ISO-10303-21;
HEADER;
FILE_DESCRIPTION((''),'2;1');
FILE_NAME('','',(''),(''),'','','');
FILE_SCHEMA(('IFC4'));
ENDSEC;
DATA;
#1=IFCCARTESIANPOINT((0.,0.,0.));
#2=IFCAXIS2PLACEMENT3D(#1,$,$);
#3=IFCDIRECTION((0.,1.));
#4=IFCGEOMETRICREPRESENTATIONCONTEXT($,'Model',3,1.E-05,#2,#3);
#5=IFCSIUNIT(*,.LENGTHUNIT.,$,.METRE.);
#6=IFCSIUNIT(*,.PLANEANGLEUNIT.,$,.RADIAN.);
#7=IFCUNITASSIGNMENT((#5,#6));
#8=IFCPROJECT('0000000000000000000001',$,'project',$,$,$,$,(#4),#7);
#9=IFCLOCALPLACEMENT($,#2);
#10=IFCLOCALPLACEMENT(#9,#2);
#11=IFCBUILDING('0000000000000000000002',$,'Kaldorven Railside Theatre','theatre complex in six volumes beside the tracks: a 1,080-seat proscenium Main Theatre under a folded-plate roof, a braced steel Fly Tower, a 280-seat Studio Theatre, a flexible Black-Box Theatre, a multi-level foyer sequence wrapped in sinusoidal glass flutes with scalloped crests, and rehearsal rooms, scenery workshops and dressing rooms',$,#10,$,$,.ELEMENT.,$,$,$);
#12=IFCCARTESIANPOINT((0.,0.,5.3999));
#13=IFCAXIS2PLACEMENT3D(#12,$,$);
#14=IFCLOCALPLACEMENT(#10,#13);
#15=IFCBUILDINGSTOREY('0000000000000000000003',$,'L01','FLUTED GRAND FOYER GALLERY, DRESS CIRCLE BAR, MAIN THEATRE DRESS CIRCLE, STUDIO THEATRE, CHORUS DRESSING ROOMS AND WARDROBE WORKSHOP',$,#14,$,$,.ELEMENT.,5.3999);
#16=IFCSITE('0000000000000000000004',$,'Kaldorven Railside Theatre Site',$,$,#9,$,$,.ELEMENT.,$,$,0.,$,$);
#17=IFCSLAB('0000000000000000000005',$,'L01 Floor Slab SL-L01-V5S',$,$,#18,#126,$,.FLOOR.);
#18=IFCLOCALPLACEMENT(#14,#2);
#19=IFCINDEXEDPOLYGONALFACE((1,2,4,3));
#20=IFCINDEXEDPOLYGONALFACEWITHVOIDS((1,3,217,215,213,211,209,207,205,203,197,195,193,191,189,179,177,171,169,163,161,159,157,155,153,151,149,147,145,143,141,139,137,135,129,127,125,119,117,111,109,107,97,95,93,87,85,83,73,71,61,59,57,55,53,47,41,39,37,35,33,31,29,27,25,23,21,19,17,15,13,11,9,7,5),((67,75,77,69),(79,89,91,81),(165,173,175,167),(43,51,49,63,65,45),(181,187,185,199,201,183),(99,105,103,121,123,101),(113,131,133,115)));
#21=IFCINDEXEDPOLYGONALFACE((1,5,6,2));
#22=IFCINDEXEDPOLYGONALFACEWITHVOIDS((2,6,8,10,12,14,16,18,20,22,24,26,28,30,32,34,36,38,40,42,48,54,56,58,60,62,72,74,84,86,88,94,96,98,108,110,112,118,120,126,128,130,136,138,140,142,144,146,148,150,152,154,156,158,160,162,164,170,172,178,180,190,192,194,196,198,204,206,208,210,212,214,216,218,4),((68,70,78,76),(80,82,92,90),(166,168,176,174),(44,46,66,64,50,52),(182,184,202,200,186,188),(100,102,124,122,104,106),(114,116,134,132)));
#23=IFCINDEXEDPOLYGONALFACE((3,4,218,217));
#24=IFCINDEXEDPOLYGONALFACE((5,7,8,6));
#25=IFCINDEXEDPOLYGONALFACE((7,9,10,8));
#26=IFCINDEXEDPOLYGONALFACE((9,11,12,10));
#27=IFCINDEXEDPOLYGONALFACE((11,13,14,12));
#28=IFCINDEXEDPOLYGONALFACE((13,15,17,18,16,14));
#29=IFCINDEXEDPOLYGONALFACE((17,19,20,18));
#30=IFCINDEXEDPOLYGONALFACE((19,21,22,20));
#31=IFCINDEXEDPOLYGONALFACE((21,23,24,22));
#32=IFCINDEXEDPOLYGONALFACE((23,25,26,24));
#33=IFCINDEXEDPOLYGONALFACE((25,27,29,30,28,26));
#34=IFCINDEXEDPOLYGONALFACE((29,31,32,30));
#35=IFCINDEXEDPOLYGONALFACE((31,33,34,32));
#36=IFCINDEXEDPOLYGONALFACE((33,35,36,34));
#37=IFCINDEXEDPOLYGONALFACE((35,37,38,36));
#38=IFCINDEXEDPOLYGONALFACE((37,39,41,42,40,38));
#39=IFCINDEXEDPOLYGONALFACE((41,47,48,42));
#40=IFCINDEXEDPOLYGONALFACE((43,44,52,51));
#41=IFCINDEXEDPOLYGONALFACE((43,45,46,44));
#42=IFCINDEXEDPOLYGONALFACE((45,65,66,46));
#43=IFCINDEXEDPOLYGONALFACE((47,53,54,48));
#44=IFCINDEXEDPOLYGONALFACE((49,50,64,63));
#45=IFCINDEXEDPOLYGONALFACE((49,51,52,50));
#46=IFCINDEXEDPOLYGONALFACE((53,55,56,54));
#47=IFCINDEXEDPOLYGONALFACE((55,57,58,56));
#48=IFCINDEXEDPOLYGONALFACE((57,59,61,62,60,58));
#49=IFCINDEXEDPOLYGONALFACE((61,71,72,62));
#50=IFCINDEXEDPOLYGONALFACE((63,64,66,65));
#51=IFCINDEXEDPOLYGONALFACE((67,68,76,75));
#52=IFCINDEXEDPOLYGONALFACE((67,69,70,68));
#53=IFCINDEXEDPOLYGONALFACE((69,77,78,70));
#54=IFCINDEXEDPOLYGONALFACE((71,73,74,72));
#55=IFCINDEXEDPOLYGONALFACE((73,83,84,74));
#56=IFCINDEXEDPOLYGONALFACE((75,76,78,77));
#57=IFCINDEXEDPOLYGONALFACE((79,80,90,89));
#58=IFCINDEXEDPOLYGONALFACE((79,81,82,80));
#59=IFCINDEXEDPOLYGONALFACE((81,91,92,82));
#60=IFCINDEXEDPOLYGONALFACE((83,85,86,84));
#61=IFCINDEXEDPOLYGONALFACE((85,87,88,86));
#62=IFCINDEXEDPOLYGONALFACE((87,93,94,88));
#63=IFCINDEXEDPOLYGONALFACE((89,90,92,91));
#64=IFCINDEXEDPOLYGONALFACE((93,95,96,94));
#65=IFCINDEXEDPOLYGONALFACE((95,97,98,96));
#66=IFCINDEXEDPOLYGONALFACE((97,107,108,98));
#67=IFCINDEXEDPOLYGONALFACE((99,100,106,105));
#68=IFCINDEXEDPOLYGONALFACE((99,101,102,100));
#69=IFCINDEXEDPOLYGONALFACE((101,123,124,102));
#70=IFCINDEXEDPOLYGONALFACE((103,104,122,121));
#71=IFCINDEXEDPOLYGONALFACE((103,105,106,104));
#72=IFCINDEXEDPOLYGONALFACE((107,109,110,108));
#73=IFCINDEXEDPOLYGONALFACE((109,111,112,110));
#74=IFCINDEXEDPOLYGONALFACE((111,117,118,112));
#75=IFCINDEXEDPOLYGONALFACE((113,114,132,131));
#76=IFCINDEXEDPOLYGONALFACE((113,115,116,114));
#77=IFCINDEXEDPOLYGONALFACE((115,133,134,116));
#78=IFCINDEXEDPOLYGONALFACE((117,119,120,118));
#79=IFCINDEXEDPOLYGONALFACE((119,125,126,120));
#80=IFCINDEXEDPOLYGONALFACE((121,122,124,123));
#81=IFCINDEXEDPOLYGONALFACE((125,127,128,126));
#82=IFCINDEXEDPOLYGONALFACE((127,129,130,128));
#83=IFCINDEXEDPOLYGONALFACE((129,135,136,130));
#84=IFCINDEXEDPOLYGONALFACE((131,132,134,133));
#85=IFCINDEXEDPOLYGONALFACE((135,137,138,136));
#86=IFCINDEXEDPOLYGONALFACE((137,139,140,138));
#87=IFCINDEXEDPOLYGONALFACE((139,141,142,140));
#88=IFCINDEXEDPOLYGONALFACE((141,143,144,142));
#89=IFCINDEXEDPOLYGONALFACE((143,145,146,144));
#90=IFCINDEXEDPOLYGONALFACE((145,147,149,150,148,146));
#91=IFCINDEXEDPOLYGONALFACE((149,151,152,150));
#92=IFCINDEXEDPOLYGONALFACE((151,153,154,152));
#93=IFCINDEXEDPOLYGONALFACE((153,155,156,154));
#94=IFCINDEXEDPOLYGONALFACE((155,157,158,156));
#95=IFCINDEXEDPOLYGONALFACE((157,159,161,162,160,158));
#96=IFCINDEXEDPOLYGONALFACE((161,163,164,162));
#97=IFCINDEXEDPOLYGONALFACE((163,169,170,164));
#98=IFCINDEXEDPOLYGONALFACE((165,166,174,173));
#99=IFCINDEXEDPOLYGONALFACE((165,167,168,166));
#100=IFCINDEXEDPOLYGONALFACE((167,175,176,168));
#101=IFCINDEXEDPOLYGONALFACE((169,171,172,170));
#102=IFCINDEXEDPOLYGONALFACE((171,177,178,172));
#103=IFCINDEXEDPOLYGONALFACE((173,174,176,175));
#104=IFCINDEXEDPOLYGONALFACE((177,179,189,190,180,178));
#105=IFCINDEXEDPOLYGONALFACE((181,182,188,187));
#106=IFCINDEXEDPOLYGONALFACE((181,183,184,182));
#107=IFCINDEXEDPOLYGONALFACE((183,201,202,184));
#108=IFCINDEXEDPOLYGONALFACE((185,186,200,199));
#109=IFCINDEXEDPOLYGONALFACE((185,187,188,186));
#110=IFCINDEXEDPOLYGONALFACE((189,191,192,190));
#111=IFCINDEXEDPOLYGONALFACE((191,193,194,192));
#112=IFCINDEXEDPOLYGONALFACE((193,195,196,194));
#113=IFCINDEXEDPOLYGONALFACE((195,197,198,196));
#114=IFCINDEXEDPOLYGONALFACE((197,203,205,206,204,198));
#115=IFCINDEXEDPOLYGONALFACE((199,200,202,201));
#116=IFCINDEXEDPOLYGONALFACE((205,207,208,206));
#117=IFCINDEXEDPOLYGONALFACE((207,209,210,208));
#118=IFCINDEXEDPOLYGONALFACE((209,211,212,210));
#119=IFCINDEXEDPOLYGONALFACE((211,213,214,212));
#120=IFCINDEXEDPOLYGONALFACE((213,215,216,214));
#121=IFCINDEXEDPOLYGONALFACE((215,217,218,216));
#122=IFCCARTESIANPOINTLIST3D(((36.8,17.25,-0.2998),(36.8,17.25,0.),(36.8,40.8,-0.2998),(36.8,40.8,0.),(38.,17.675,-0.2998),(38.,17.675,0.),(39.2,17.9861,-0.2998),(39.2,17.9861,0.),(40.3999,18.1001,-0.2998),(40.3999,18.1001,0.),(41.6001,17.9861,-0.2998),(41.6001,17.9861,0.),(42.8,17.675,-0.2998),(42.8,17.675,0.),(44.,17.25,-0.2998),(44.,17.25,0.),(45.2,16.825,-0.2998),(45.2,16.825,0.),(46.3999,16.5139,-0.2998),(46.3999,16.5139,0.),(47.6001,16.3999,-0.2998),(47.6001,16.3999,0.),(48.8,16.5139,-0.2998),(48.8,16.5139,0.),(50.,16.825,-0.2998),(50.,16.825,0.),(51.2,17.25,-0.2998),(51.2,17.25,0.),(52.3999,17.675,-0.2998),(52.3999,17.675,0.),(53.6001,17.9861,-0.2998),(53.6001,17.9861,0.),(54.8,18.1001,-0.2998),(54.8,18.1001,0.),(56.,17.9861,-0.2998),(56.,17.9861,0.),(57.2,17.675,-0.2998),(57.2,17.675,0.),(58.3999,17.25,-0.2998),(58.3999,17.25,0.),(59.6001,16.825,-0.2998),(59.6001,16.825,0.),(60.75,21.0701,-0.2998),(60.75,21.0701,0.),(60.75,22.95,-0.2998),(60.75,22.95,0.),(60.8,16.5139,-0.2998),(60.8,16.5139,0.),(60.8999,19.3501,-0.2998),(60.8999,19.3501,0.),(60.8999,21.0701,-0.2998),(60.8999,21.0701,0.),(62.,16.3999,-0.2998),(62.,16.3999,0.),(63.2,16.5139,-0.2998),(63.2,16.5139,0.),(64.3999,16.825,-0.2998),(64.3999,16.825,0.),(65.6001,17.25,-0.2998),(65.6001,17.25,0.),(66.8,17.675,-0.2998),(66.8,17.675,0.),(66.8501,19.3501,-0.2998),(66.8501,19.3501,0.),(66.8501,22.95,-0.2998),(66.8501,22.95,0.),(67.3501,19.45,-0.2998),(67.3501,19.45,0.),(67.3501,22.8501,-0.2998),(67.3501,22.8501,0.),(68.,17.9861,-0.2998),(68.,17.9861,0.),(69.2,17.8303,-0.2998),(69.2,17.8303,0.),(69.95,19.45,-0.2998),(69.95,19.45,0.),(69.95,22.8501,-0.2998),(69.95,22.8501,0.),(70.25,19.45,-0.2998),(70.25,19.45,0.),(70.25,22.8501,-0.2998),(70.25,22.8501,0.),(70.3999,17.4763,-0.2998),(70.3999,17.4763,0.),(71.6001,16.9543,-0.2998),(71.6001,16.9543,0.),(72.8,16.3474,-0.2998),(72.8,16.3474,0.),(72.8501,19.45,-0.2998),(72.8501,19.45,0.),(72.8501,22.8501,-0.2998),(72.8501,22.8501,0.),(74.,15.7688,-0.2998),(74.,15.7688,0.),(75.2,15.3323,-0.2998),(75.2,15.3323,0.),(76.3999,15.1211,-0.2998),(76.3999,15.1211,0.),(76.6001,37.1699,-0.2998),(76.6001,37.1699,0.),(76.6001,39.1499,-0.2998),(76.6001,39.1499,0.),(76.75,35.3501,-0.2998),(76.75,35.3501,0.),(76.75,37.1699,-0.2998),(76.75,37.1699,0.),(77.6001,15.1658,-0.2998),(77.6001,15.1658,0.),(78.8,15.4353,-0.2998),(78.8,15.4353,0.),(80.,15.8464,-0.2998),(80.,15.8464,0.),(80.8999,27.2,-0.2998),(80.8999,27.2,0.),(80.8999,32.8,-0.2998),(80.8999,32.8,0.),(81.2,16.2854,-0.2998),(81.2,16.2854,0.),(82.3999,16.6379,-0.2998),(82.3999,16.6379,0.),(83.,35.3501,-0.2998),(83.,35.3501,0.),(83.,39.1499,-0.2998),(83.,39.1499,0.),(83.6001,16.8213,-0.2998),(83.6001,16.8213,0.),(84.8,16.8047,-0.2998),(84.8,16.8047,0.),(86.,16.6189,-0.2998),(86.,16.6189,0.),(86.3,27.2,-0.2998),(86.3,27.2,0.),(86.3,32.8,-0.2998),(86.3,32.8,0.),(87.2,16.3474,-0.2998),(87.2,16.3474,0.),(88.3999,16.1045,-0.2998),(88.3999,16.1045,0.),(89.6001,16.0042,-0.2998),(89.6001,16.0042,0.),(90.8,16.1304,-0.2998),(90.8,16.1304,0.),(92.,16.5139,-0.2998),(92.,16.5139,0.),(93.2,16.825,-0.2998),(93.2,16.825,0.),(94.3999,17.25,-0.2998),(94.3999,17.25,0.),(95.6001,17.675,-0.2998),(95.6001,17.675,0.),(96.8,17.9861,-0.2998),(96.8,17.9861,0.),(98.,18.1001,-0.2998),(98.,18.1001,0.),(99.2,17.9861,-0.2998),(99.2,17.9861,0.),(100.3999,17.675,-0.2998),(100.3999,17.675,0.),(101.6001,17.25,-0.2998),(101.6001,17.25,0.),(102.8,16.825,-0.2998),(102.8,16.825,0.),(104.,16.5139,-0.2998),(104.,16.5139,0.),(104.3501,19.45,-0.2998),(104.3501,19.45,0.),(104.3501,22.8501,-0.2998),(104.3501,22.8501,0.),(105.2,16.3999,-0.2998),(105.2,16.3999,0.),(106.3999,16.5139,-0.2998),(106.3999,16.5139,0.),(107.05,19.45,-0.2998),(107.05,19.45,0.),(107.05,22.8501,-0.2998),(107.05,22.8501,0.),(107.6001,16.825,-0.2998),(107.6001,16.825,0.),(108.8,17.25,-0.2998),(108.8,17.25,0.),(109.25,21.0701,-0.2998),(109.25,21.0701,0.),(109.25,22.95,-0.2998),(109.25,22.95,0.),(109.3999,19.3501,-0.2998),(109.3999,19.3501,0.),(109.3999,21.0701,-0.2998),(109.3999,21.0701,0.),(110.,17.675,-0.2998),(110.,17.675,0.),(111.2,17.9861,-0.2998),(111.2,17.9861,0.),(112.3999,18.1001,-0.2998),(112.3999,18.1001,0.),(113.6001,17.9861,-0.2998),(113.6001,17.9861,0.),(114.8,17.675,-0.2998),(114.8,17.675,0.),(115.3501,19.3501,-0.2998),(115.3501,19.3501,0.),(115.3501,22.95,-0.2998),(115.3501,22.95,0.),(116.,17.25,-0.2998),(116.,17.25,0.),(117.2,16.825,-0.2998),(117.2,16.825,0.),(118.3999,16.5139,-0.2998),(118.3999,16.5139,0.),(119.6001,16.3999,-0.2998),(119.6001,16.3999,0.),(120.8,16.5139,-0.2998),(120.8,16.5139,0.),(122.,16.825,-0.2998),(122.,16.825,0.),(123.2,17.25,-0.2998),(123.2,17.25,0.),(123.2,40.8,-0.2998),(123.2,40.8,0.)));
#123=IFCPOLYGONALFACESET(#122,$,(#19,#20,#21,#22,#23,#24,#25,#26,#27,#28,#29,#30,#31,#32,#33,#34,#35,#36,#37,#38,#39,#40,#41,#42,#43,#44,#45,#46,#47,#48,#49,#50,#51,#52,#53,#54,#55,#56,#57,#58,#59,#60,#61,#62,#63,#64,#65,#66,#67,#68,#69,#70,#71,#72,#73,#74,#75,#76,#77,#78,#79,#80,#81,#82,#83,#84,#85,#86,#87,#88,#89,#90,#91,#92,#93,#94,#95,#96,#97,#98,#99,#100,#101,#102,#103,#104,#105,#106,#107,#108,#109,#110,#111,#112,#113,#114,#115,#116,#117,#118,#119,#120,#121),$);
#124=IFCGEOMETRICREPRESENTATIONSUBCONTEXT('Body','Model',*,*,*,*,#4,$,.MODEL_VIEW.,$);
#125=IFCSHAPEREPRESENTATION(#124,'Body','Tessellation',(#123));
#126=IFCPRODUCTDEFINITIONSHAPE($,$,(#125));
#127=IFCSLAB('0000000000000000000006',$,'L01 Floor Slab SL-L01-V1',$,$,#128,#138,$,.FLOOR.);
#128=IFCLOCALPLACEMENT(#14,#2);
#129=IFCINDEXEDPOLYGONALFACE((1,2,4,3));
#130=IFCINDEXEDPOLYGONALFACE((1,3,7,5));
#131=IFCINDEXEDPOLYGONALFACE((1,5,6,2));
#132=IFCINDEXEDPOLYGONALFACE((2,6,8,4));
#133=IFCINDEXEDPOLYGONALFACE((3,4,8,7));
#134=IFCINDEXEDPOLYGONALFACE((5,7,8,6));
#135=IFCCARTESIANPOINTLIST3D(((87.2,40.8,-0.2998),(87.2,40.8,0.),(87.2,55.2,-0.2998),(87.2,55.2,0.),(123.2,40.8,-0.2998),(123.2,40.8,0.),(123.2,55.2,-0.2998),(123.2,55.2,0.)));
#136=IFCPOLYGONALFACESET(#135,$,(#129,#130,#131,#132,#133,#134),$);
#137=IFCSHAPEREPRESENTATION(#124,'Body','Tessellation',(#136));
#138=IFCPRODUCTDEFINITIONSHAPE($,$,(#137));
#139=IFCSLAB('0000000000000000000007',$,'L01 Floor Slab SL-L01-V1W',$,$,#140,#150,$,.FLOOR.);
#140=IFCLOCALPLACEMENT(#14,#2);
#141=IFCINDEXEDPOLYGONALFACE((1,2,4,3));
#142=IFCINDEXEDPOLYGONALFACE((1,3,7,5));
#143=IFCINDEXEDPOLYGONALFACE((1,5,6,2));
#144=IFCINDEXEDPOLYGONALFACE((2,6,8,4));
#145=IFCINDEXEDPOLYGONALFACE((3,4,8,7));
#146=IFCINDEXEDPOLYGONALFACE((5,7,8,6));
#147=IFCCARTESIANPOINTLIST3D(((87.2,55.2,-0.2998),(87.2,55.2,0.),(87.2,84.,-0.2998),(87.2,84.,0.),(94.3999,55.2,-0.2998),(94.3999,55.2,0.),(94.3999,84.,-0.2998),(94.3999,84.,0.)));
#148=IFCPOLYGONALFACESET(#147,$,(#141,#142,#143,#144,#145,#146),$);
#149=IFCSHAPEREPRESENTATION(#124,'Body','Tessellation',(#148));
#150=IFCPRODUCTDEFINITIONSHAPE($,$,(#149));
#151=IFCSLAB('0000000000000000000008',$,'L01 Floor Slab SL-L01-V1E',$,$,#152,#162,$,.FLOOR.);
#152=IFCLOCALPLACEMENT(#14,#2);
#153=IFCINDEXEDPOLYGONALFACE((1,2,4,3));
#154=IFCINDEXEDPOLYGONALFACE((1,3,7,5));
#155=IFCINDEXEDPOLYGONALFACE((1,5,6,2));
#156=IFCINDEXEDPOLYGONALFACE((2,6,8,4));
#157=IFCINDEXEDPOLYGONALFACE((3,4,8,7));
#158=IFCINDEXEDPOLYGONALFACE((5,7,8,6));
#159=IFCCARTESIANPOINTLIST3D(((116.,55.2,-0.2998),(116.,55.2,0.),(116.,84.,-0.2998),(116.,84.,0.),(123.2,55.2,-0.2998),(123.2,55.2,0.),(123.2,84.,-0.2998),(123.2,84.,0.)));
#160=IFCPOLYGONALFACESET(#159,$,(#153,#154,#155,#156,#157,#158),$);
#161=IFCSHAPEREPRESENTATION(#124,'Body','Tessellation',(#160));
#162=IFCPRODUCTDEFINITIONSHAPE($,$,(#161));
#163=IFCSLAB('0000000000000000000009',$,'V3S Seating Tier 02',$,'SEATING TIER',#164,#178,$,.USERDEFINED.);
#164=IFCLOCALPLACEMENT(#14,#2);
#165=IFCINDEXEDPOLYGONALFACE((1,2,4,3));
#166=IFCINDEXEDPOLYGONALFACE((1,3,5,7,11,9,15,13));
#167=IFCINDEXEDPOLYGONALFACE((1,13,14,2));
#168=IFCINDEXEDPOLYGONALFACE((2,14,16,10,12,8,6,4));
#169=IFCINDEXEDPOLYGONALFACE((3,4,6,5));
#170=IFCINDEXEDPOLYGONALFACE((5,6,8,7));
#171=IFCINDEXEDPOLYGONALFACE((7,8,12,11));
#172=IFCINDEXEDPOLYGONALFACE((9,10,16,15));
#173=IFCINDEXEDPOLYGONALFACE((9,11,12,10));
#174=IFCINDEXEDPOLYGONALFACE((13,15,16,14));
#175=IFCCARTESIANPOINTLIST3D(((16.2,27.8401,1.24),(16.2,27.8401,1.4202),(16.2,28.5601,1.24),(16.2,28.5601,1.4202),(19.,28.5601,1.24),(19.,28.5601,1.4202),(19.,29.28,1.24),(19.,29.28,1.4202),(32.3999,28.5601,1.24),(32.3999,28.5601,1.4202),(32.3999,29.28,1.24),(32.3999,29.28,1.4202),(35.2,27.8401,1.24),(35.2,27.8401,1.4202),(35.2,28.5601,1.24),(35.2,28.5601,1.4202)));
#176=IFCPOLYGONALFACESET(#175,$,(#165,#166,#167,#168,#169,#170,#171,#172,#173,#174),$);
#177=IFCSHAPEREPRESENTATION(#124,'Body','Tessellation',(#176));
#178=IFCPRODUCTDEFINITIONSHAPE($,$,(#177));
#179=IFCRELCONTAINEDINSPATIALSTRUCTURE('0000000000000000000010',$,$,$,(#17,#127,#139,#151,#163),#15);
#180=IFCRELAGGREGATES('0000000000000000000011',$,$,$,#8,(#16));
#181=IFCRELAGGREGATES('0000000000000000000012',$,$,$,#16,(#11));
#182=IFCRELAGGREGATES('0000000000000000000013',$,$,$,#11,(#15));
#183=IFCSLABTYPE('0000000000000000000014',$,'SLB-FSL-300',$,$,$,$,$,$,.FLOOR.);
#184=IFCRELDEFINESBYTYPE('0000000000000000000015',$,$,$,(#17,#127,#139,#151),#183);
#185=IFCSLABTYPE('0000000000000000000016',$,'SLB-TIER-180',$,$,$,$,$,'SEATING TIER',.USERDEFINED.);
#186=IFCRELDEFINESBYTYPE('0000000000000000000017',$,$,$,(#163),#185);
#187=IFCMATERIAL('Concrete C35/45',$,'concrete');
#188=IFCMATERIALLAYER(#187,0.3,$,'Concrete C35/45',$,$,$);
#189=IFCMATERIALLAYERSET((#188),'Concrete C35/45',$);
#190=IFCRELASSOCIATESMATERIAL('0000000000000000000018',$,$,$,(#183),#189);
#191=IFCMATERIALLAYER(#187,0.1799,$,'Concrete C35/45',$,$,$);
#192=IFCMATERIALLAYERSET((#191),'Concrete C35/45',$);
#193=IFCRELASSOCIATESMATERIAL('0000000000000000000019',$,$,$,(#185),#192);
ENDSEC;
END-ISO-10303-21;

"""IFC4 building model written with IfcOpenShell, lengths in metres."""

from ifc_helpers import new_model, si_unit, direction, frame, origin, place, context, subcontext, project, spatial, polyline, outline, extrude, material, layer, layer_set, type_object, element, save


model = new_model("IFC4")

# Units and contexts
model_context = context("Model", 3, precision=1e-05, world=origin(), true_north=direction((0.0, 1.0)))
body_context = subcontext(model_context, "Body", "Model", "MODEL_VIEW")
ifc_project = project(units=[si_unit("LENGTHUNIT", "METRE"), si_unit("PLANEANGLEUNIT", "RADIAN")], contexts=[model_context])

# Site, building, storey
site_placement = place(None, origin())
site = spatial("IfcSite", under=ifc_project, at=site_placement, Name="Kaldorven Railside Theatre Site", CompositionType="ELEMENT", RefElevation=0.0)
building_placement = place(site_placement, origin())
building = spatial("IfcBuilding", under=site, at=building_placement, Name="Kaldorven Railside Theatre", Description="theatre complex in six volumes beside the tracks: a 1,080-seat proscenium Main Theatre under a folded-plate roof, a braced steel Fly Tower, a 280-seat Studio Theatre, a flexible Black-Box Theatre, a multi-level foyer sequence wrapped in sinusoidal glass flutes with scalloped crests, and rehearsal rooms, scenery workshops and dressing rooms", CompositionType="ELEMENT")
storey_placement = place(building_placement, frame((0.0, 0.0, 5.3999)))
storey = spatial("IfcBuildingStorey", under=building, at=storey_placement, Name="L01", Description="FLUTED GRAND FOYER GALLERY, DRESS CIRCLE BAR, MAIN THEATRE DRESS CIRCLE, STUDIO THEATRE, CHORUS DRESSING ROOMS AND WARDROBE WORKSHOP", CompositionType="ELEMENT", Elevation=5.3999)

# Slabs
ifc_material = material(Name="Concrete C35/45", Category="concrete")
ifc_layer_1 = layer(ifc_material, 0.3, Name="Concrete C35/45")
ifc_layer_set_1 = layer_set([ifc_layer_1], Name="Concrete C35/45")
slab_type_1 = type_object("IfcSlabType", Name="SLB-FSL-300", PredefinedType="FLOOR", material=ifc_layer_set_1)
slab_1_placement = place(storey_placement, frame((0.0, 0.0, -0.2998)))
element("IfcSlab", 1, at=slab_1_placement, inside=storey, type_object=slab_type_1, Name="L01 Floor Slab SL-L01-V5S", PredefinedType="FLOOR", context=body_context, shape_type="SweptSolid", body=[
    extrude(outline(polyline([(36.8, 17.25), (38.0, 17.675), (39.2, 17.9861), (40.3999, 18.1001), (41.6001, 17.9861), (42.8, 17.675), (44.0, 17.25), (45.2, 16.825), (46.3999, 16.5139), (47.6001, 16.3999), (48.8, 16.5139), (50.0, 16.825), (51.2, 17.25), (52.3999, 17.675), (53.6001, 17.9861), (54.8, 18.1001), (56.0, 17.9861), (57.2, 17.675), (58.3999, 17.25), (59.6001, 16.825), (60.8, 16.5139), (62.0, 16.3999), (63.2, 16.5139), (64.3999, 16.825), (65.6001, 17.25), (66.8, 17.675), (68.0, 17.9861), (69.2, 17.8303), (70.3999, 17.4763), (71.6001, 16.9543), (72.8, 16.3474), (74.0, 15.7688), (75.2, 15.3323), (76.3999, 15.1211), (77.6001, 15.1658), (78.8, 15.4353), (80.0, 15.8464), (81.2, 16.2854), (82.3999, 16.6379), (83.6001, 16.8213), (84.8, 16.8047), (86.0, 16.6189), (87.2, 16.3474), (88.3999, 16.1045), (89.6001, 16.0042), (90.8, 16.1304), (92.0, 16.5139), (93.2, 16.825), (94.3999, 17.25), (95.6001, 17.675), (96.8, 17.9861), (98.0, 18.1001), (99.2, 17.9861), (100.3999, 17.675), (101.6001, 17.25), (102.8, 16.825), (104.0, 16.5139), (105.2, 16.3999), (106.3999, 16.5139), (107.6001, 16.825), (108.8, 17.25), (110.0, 17.675), (111.2, 17.9861), (112.3999, 18.1001), (113.6001, 17.9861), (114.8, 17.675), (116.0, 17.25), (117.2, 16.825), (118.3999, 16.5139), (119.6001, 16.3999), (120.8, 16.5139), (122.0, 16.825), (123.2, 17.25), (123.2, 40.8), (36.8, 40.8), (36.8, 17.25)]), holes=[polyline([(60.75, 22.95), (66.8501, 22.95), (66.8501, 19.3501), (60.8999, 19.3501), (60.8999, 21.0701), (60.75, 21.0701), (60.75, 22.95)]), polyline([(109.25, 22.95), (115.3501, 22.95), (115.3501, 19.3501), (109.3999, 19.3501), (109.3999, 21.0701), (109.25, 21.0701), (109.25, 22.95)]), polyline([(76.6001, 39.1499), (83.0, 39.1499), (83.0, 35.3501), (76.75, 35.3501), (76.75, 37.1699), (76.6001, 37.1699), (76.6001, 39.1499)]), polyline([(69.95, 19.45), (69.95, 22.8501), (67.3501, 22.8501), (67.3501, 19.45), (69.95, 19.45)]), polyline([(72.8501, 19.45), (72.8501, 22.8501), (70.25, 22.8501), (70.25, 19.45), (72.8501, 19.45)]), polyline([(107.05, 19.45), (107.05, 22.8501), (104.3501, 22.8501), (104.3501, 19.45), (107.05, 19.45)]), polyline([(80.8999, 27.2), (86.3, 27.2), (86.3, 32.8), (80.8999, 32.8), (80.8999, 27.2)])]), origin(), (0.0, 0.0, 1.0), 0.2998),
])
slab_2_placement = place(storey_placement, frame((0.0, 0.0, -0.2998)))
element("IfcSlab", 2, at=slab_2_placement, inside=storey, type_object=slab_type_1, Name="L01 Floor Slab SL-L01-V1", PredefinedType="FLOOR", context=body_context, shape_type="SweptSolid", body=[
    extrude(outline(polyline([(87.2, 40.8), (123.2, 40.8), (123.2, 55.2), (87.2, 55.2), (87.2, 40.8)])), origin(), (0.0, 0.0, 1.0), 0.2998),
])
slab_3_placement = place(storey_placement, frame((0.0, 0.0, -0.2998)))
element("IfcSlab", 3, at=slab_3_placement, inside=storey, type_object=slab_type_1, Name="L01 Floor Slab SL-L01-V1W", PredefinedType="FLOOR", context=body_context, shape_type="SweptSolid", body=[
    extrude(outline(polyline([(87.2, 55.2), (94.3999, 55.2), (94.3999, 84.0), (87.2, 84.0), (87.2, 55.2)])), origin(), (0.0, 0.0, 1.0), 0.2998),
])
slab_4_placement = place(storey_placement, frame((0.0, 0.0, -0.2998)))
element("IfcSlab", 4, at=slab_4_placement, inside=storey, type_object=slab_type_1, Name="L01 Floor Slab SL-L01-V1E", PredefinedType="FLOOR", context=body_context, shape_type="SweptSolid", body=[
    extrude(outline(polyline([(116.0, 55.2), (123.2, 55.2), (123.2, 84.0), (116.0, 84.0), (116.0, 55.2)])), origin(), (0.0, 0.0, 1.0), 0.2998),
])
ifc_layer_2 = layer(ifc_material, 0.1799, Name="Concrete C35/45")
ifc_layer_set_2 = layer_set([ifc_layer_2], Name="Concrete C35/45")
slab_type_2 = type_object("IfcSlabType", Name="SLB-TIER-180", ElementType="SEATING TIER", PredefinedType="USERDEFINED", material=ifc_layer_set_2)
slab_5_placement = place(storey_placement, frame((0.0, 0.0, 1.24)))
element("IfcSlab", 5, at=slab_5_placement, inside=storey, type_object=slab_type_2, Name="V3S Seating Tier 02", ObjectType="SEATING TIER", PredefinedType="USERDEFINED", context=body_context, shape_type="SweptSolid", body=[
    extrude(outline(polyline([(16.2, 27.8401), (35.2, 27.8401), (35.2, 28.5601), (32.3999, 28.5601), (32.3999, 29.28), (19.0, 29.28), (19.0, 28.5601), (16.2, 28.5601), (16.2, 27.8401)])), origin(), (0.0, 0.0, 1.0), 0.1802),
])

save(model, "model.ifc")
